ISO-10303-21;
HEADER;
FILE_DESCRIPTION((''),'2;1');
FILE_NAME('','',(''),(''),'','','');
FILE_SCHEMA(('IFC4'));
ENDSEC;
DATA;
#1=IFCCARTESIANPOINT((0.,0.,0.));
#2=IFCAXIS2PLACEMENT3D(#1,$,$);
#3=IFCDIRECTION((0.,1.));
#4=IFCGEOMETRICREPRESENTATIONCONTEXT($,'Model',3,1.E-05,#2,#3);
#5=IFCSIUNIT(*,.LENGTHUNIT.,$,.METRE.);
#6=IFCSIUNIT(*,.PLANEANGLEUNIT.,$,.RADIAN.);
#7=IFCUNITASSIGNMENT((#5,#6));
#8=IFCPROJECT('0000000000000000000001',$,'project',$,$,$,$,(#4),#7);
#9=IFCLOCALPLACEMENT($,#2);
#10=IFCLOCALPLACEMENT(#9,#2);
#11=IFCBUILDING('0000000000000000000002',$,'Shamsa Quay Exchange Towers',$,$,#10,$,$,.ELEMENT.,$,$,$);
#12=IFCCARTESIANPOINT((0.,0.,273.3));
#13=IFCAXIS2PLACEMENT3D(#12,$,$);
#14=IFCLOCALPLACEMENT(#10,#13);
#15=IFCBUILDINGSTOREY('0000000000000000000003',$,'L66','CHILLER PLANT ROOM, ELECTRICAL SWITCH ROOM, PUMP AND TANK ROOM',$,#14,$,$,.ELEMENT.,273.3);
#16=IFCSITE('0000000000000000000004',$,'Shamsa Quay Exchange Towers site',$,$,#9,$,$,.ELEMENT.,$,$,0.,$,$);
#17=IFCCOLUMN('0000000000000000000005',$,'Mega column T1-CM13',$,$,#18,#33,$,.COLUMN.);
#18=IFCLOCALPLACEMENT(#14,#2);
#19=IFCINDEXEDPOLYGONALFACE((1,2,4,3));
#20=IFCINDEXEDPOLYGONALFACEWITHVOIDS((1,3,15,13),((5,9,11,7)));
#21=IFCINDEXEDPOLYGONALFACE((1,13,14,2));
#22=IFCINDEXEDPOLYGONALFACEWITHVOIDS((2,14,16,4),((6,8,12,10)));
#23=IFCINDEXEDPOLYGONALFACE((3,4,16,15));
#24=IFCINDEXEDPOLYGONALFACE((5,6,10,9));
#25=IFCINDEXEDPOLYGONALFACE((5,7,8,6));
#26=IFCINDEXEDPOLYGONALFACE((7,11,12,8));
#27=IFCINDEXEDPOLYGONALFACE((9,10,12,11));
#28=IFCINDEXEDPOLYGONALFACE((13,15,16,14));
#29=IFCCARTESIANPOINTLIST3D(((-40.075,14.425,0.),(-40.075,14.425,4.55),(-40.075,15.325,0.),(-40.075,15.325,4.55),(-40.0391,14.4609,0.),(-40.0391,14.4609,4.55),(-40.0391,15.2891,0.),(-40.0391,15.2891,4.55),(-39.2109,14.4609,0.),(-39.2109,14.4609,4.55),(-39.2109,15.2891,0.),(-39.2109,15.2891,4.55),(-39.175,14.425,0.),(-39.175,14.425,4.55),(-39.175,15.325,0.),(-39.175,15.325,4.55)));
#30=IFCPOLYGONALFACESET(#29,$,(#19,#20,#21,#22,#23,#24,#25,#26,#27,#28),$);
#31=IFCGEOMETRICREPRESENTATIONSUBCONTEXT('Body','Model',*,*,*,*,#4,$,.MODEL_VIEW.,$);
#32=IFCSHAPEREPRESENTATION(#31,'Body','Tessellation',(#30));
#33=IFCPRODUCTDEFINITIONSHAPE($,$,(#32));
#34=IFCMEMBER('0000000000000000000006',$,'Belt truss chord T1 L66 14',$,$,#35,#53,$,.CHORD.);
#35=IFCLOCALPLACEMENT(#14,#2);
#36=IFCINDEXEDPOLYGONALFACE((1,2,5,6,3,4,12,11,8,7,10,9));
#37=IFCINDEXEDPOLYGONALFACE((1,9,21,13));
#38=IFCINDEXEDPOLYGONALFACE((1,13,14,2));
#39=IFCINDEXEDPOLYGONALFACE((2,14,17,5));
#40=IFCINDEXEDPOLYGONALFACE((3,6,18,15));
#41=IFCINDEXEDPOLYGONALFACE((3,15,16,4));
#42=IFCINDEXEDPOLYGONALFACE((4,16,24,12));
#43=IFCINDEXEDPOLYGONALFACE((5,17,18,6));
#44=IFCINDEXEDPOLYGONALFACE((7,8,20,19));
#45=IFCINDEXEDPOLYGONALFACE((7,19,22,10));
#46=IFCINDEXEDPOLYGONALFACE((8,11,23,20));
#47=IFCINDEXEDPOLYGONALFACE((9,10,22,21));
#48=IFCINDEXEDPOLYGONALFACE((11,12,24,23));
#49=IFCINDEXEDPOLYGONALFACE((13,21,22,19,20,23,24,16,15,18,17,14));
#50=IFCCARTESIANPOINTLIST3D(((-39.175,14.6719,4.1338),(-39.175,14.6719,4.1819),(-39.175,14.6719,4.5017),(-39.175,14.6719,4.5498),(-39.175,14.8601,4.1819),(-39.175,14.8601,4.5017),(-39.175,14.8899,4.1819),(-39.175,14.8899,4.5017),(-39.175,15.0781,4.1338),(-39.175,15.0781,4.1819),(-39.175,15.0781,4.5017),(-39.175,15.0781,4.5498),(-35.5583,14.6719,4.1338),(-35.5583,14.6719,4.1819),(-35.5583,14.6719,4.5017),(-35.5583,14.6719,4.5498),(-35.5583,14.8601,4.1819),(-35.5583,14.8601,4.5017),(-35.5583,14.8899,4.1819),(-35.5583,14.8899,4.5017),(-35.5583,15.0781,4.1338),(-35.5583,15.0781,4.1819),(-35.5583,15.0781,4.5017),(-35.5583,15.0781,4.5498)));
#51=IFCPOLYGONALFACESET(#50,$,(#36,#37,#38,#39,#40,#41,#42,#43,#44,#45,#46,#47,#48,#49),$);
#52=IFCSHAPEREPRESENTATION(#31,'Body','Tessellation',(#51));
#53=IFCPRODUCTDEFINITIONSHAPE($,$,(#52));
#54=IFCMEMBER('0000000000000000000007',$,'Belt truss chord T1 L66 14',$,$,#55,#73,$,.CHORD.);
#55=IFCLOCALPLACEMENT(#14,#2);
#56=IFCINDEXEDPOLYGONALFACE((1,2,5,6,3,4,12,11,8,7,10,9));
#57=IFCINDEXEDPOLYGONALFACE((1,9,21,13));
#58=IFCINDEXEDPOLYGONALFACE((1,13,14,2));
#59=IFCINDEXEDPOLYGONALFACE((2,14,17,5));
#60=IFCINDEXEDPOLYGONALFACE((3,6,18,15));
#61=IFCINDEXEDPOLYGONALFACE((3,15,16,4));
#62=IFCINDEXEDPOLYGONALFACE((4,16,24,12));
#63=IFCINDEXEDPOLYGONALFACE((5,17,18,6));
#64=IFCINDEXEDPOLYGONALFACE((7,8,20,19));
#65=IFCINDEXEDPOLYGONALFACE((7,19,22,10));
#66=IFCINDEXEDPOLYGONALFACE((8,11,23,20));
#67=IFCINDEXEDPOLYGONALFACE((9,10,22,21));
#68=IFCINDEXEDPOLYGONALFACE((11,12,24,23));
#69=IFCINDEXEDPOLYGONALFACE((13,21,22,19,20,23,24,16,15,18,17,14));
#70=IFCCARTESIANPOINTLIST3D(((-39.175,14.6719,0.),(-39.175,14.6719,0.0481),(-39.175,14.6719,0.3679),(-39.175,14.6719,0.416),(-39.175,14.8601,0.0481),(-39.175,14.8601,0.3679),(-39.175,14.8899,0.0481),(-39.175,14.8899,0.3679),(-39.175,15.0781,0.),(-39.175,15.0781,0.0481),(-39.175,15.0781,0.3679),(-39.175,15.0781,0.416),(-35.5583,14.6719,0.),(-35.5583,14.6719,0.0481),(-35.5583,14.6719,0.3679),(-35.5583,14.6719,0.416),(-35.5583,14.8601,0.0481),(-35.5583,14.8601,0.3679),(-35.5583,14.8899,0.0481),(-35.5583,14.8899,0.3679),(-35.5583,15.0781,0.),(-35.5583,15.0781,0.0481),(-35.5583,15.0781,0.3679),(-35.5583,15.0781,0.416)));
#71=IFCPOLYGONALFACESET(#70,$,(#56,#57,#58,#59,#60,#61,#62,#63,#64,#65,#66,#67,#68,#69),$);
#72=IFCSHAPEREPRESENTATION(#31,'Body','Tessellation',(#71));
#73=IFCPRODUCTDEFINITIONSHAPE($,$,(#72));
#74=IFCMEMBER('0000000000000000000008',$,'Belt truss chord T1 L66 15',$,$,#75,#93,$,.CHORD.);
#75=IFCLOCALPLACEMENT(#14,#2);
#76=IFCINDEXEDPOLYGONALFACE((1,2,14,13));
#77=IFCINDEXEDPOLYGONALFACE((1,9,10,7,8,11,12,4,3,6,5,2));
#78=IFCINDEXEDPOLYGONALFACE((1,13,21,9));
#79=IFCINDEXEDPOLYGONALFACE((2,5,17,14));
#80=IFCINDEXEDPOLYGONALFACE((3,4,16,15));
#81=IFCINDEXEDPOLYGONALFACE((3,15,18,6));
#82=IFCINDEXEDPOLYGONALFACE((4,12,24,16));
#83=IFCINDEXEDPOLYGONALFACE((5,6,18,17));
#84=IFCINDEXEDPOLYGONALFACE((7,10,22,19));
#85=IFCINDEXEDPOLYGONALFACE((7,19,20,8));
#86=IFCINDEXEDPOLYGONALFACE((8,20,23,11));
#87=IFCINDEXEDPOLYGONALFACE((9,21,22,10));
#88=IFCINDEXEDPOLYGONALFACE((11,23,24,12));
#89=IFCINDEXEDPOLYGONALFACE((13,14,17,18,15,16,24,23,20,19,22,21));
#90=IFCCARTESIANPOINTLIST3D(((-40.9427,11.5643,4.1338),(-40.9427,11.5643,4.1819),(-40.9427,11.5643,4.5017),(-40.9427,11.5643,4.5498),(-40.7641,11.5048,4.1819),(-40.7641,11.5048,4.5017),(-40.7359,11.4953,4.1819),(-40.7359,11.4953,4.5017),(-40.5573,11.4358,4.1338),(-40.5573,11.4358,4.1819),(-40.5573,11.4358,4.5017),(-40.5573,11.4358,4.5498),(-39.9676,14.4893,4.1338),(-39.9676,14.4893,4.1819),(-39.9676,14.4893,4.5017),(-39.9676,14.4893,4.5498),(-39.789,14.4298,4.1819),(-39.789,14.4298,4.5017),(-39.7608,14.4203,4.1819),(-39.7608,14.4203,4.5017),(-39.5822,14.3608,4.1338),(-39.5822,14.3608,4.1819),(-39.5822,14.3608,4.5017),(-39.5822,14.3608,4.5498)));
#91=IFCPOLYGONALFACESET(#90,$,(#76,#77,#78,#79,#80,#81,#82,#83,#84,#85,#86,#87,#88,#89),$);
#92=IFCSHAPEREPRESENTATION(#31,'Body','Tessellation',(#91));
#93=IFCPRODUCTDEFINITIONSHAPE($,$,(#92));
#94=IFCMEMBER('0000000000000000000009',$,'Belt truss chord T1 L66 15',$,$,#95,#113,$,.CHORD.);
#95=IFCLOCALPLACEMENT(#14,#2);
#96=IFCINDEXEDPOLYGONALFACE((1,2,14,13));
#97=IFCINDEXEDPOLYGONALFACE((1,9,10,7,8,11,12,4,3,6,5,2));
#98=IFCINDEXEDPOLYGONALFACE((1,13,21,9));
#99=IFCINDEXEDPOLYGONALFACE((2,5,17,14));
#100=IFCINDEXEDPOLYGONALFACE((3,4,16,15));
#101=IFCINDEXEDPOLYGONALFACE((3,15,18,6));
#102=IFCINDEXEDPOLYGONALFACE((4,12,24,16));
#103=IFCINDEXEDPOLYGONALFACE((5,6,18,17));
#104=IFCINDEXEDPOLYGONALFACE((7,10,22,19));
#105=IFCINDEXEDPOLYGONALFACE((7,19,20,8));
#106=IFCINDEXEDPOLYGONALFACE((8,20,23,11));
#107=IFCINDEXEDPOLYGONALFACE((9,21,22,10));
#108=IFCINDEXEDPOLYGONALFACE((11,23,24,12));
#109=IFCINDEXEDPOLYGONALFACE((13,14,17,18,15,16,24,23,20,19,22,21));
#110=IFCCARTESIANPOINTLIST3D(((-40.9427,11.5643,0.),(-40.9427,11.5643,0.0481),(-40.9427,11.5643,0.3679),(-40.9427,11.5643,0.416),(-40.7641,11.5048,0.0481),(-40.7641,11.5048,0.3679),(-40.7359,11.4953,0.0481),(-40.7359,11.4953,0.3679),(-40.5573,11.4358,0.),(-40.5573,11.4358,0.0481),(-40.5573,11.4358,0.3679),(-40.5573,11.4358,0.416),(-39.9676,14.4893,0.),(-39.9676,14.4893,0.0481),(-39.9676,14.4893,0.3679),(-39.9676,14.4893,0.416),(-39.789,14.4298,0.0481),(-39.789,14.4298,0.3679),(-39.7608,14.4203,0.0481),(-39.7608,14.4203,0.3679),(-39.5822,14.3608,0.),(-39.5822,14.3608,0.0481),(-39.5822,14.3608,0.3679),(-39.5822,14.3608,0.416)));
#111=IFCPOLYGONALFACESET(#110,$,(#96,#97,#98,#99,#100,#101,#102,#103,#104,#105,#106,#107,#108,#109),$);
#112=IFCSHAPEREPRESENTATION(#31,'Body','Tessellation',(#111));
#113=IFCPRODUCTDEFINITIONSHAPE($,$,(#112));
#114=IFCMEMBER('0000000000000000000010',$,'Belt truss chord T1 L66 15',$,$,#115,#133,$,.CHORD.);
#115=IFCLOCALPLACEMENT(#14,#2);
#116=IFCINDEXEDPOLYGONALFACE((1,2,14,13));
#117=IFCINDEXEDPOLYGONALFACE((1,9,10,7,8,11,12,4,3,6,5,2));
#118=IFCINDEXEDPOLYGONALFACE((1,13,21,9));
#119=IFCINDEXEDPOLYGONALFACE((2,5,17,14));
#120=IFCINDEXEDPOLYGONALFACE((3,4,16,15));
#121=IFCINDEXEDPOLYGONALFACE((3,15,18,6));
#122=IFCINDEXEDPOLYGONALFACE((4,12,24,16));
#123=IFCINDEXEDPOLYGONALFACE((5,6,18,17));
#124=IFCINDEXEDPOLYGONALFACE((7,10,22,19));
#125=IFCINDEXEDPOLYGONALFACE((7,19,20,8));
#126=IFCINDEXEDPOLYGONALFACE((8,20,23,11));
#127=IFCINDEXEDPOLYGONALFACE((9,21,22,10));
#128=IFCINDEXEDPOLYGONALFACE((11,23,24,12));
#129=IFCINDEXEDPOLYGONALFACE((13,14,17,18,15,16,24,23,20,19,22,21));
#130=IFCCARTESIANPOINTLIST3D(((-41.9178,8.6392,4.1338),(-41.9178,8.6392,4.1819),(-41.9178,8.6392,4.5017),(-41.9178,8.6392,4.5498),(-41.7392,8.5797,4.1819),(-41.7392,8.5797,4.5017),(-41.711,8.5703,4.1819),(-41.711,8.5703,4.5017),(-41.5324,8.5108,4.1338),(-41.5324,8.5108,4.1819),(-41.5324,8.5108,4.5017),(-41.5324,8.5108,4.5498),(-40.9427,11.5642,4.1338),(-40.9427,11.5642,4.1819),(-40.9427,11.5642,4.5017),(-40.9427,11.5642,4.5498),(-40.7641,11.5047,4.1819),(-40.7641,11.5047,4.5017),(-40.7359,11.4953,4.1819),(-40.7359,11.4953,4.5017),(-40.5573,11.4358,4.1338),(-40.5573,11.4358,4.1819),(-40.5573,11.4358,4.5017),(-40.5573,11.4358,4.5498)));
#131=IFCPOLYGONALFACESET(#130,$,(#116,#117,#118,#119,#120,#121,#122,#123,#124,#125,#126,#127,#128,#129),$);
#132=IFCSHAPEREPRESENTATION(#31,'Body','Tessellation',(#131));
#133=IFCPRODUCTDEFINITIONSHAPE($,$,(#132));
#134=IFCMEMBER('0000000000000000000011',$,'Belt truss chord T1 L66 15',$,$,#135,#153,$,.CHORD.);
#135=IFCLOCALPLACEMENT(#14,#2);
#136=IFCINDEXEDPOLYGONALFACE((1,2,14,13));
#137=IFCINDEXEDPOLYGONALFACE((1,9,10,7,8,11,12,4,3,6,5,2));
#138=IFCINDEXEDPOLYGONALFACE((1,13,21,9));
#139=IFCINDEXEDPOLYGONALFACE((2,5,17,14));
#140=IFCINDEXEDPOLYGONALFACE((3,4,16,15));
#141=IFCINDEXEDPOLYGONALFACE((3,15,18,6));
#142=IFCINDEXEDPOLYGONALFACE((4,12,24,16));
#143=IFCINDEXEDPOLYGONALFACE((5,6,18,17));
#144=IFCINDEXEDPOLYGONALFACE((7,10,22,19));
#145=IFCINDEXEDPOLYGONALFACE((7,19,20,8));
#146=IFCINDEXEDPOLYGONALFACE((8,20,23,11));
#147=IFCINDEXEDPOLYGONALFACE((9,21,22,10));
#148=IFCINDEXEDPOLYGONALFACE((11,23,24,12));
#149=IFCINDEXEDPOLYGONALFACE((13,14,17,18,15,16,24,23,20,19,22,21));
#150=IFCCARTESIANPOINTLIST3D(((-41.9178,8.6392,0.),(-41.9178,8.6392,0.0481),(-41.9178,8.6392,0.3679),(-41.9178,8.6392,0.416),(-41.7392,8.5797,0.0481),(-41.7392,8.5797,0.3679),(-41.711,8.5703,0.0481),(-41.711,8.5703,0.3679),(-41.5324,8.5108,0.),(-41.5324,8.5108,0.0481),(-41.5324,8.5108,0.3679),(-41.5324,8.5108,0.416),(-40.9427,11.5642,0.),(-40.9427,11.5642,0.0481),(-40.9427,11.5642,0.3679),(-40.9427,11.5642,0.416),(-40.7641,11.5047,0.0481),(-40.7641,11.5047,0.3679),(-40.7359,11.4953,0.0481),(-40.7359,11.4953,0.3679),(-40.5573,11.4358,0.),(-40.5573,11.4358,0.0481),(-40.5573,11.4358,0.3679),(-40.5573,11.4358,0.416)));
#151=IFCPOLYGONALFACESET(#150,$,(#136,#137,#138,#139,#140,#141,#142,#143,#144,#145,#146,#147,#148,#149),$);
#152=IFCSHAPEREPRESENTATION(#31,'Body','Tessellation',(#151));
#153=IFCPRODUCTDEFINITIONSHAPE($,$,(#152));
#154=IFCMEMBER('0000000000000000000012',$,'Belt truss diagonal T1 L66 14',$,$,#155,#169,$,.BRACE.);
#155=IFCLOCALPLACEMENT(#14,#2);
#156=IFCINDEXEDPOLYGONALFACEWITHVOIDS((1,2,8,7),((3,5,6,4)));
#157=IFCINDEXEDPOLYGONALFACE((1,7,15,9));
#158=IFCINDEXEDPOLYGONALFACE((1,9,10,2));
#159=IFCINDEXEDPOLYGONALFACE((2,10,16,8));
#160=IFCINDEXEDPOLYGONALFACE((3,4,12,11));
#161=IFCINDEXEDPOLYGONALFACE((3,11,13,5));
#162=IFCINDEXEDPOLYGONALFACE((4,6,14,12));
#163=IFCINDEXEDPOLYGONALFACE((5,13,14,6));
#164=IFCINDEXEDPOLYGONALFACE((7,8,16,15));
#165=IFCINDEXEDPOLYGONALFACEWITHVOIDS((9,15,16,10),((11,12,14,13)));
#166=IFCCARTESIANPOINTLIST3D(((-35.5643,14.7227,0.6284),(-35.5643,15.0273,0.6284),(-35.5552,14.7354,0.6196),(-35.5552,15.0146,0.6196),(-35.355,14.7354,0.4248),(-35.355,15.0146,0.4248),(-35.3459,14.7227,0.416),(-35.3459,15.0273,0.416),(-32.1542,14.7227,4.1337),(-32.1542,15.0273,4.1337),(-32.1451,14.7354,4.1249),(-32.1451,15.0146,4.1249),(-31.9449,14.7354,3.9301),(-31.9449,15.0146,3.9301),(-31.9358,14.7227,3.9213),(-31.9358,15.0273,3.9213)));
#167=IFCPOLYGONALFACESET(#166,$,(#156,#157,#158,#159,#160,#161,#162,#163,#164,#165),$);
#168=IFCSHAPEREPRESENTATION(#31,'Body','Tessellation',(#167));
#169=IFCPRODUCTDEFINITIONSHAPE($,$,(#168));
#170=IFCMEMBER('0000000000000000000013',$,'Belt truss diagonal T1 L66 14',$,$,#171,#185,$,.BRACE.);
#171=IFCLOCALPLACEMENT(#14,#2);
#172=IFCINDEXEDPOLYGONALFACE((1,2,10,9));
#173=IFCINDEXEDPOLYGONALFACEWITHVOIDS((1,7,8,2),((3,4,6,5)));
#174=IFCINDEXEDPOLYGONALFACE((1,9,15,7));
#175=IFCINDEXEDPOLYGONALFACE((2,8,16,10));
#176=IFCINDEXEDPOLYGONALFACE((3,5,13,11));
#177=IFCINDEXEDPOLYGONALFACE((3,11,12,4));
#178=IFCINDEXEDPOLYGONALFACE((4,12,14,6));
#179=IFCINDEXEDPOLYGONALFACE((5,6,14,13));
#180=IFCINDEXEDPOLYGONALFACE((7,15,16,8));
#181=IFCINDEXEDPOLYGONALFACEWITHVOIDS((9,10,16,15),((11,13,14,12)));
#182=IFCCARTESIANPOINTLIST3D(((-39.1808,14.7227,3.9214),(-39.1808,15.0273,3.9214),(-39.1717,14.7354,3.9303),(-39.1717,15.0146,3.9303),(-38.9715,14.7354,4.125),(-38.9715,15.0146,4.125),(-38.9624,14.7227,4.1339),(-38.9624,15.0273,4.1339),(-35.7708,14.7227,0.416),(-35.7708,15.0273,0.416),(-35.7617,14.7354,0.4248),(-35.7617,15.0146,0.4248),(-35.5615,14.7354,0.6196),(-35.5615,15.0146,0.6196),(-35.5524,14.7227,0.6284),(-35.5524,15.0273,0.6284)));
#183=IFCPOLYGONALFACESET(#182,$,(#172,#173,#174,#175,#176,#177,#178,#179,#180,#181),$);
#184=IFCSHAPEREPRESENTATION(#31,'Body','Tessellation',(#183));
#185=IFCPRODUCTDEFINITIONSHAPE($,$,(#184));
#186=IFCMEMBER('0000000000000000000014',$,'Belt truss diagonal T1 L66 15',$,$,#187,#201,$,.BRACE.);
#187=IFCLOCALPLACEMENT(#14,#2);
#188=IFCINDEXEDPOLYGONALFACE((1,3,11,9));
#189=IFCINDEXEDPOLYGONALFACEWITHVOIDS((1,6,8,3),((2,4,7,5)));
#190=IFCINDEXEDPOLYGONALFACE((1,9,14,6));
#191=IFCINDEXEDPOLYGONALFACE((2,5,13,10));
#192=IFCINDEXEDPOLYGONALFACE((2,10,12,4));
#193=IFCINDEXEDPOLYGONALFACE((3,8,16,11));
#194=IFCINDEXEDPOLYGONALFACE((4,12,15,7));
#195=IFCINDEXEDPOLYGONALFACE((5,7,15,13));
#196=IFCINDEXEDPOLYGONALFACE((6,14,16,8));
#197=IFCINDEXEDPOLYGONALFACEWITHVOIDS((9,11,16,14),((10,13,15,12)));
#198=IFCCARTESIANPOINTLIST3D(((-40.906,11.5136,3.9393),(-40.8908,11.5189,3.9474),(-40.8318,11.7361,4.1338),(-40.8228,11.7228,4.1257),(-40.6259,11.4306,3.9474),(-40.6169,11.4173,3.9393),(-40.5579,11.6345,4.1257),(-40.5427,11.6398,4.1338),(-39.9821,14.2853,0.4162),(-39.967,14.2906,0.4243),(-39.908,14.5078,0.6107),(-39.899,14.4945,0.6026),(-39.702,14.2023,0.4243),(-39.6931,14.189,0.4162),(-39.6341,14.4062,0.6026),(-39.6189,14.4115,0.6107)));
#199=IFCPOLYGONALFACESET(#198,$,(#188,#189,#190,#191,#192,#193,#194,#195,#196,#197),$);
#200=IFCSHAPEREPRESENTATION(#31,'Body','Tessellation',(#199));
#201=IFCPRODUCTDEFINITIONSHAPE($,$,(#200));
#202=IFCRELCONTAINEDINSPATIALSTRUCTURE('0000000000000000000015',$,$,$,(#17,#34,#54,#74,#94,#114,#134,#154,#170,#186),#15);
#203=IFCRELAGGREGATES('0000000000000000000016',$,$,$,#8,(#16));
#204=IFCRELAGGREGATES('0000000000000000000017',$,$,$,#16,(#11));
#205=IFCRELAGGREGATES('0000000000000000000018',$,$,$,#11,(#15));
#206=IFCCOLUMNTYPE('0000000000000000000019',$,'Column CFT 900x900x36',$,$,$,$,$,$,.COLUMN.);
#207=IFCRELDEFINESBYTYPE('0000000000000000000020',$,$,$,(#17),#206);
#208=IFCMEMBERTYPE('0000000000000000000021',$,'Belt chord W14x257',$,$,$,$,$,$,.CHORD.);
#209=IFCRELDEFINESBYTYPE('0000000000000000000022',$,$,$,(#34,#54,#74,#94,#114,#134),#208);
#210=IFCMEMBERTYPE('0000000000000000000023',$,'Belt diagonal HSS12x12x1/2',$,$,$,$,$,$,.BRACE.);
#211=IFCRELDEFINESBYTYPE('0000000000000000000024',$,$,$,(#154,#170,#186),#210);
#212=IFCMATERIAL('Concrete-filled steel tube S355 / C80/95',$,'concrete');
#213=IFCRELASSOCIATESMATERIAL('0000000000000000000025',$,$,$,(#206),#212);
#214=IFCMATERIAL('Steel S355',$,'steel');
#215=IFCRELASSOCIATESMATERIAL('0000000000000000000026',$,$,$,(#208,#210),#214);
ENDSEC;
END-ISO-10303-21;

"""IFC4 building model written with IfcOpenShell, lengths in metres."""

from ifc_helpers import new_model, si_unit, direction, frame, origin, origin_2d, place, context, subcontext, project, spatial, hollow_rectangle, i_section, extrude, material, material_profile, profile_set, type_object, element, save


model = new_model("IFC4")

# Units and contexts
model_context = context("Model", 3, precision=1e-05, world=origin(), true_north=direction((0.0, 1.0)))
body_context = subcontext(model_context, "Body", "Model", "MODEL_VIEW")
ifc_project = project(units=[si_unit("LENGTHUNIT", "METRE"), si_unit("PLANEANGLEUNIT", "RADIAN")], contexts=[model_context])

# Site, building, storey
site_placement = place(None, origin())
site = spatial("IfcSite", under=ifc_project, at=site_placement, Name="Shamsa Quay Exchange Towers site", CompositionType="ELEMENT", RefElevation=0.0)
building_placement = place(site_placement, origin())
building = spatial("IfcBuilding", under=site, at=building_placement, Name="Shamsa Quay Exchange Towers", CompositionType="ELEMENT")
storey_placement = place(building_placement, frame((0.0, 0.0, 273.3)))
storey = spatial("IfcBuildingStorey", under=building, at=storey_placement, Name="L66", Description="CHILLER PLANT ROOM, ELECTRICAL SWITCH ROOM, PUMP AND TANK ROOM", CompositionType="ELEMENT", Elevation=273.3)

# Column
ifc_material_1 = material(Name="Concrete-filled steel tube S355 / C80/95", Category="concrete")
ifc_material_profile_1 = material_profile(ifc_material_1, hollow_rectangle(XDim=0.8999, YDim=0.8999, WallThickness=0.0359, at=origin_2d()), Name="CFT 900x900x36")
ifc_profile_set_1 = profile_set([ifc_material_profile_1], Name="Concrete-filled steel tube S355 / C80/95")
column_type = type_object("IfcColumnType", Name="Column CFT 900x900x36", PredefinedType="COLUMN", material=ifc_profile_set_1)
column_placement = place(storey_placement, frame((-39.625, 14.875, 0.0)))
element("IfcColumn", 1, at=column_placement, inside=storey, type_object=column_type, Name="Mega column T1-CM13", PredefinedType="COLUMN", context=body_context, shape_type="SweptSolid", body=[
    extrude(hollow_rectangle(XDim=0.8999, YDim=0.8999, WallThickness=0.0359, at=origin_2d()), origin(), (0.0, 0.0, 1.0), 4.55),
])

# Members
ifc_material_2 = material(Name="Steel S355", Category="steel")
ifc_material_profile_2 = material_profile(ifc_material_2, i_section(OverallWidth=0.4062, OverallDepth=0.416, WebThickness=0.0298, FlangeThickness=0.0481, at=origin_2d()), Name="W14x257")
ifc_profile_set_2 = profile_set([ifc_material_profile_2], Name="Steel S355")
member_type_1 = type_object("IfcMemberType", Name="Belt chord W14x257", PredefinedType="CHORD", material=ifc_profile_set_2)
for number, where, z_axis, x_axis, name in (
    (2, (-35.5583, 14.875, 4.3418), (-1.0, 0.0, 0.0), (0.0, -1.0, 0.0), "Belt truss chord T1 L66 14"),
    (3, (-35.5583, 14.875, 0.208), (-1.0, 0.0, 0.0), (0.0, -1.0, 0.0), "Belt truss chord T1 L66 14"),
):
    element("IfcMember", number, at=place(storey_placement, frame(where, z_axis=z_axis, x_axis=x_axis)), inside=storey, type_object=member_type_1, Name=name, PredefinedType="CHORD", context=body_context, shape_type="SweptSolid", body=[
        extrude(i_section(OverallWidth=0.4062, OverallDepth=0.416, WebThickness=0.0298, FlangeThickness=0.0481, at=origin_2d()), origin(), (0.0, 0.0, 1.0), 3.6167),
    ])
for number, where, z_axis, x_axis, name in (
    (4, (-39.7749, 14.425, 4.3418), (-0.316252, -0.948675, 0.0), (0.948675, -0.316252, 0.0), "Belt truss chord T1 L66 15"),
    (5, (-39.7749, 14.425, 0.208), (-0.316252, -0.948675, 0.0), (0.948675, -0.316252, 0.0), "Belt truss chord T1 L66 15"),
    (6, (-40.75, 11.5, 4.3418), (-0.316252, -0.948675, 0.0), (0.948675, -0.316252, 0.0), "Belt truss chord T1 L66 15"),
    (7, (-40.75, 11.5, 0.208), (-0.316252, -0.948675, 0.0), (0.948675, -0.316252, 0.0), "Belt truss chord T1 L66 15"),
):
    element("IfcMember", number, at=place(storey_placement, frame(where, z_axis=z_axis, x_axis=x_axis)), inside=storey, type_object=member_type_1, Name=name, PredefinedType="CHORD", context=body_context, shape_type="SweptSolid", body=[
        extrude(i_section(OverallWidth=0.4062, OverallDepth=0.416, WebThickness=0.0298, FlangeThickness=0.0481, at=origin_2d()), origin(), (0.0, 0.0, 1.0), 3.0833),
    ])
ifc_material_profile_3 = material_profile(ifc_material_2, hollow_rectangle(XDim=0.3047, YDim=0.3047, WallThickness=0.0127, at=origin_2d()), Name="HSS12x12x1/2")
ifc_profile_set_3 = profile_set([ifc_material_profile_3], Name="Steel S355")
member_type_2 = type_object("IfcMemberType", Name="Belt diagonal HSS12x12x1/2", PredefinedType="BRACE", material=ifc_profile_set_3)
for number, where, z_axis, x_axis, name in (
    (8, (-35.4551, 14.875, 0.5222), (0.697305, 0.0, 0.716774), (0.0, 1.0, 0.0), "Belt truss diagonal T1 L66 14"),
    (9, (-35.6616, 14.875, 0.5222), (-0.697279, 0.0, 0.716799), (0.0, -1.0, 0.0), "Belt truss diagonal T1 L66 14"),
):
    element("IfcMember", number, at=place(storey_placement, frame(where, z_axis=z_axis, x_axis=x_axis)), inside=storey, type_object=member_type_2, Name=name, PredefinedType="BRACE", context=body_context, shape_type="SweptSolid", body=[
        extrude(hollow_rectangle(XDim=0.3047, YDim=0.3047, WallThickness=0.0127, at=origin_2d()), origin(), (0.0, 0.0, 1.0), 4.8904),
    ])
member_placement = place(storey_placement, frame((-39.8005, 14.3484, 0.5134), z_axis=(-0.201842, -0.605579, 0.769762), x_axis=(0.948692, -0.316203, 0.0)))
element("IfcMember", 10, at=member_placement, inside=storey, type_object=member_type_2, Name="Belt truss diagonal T1 L66 15", PredefinedType="BRACE", context=body_context, shape_type="SweptSolid", body=[
    extrude(hollow_rectangle(XDim=0.3047, YDim=0.3047, WallThickness=0.0127, at=origin_2d()), origin(), (0.0, 0.0, 1.0), 4.5769),
])

save(model, "model.ifc")
